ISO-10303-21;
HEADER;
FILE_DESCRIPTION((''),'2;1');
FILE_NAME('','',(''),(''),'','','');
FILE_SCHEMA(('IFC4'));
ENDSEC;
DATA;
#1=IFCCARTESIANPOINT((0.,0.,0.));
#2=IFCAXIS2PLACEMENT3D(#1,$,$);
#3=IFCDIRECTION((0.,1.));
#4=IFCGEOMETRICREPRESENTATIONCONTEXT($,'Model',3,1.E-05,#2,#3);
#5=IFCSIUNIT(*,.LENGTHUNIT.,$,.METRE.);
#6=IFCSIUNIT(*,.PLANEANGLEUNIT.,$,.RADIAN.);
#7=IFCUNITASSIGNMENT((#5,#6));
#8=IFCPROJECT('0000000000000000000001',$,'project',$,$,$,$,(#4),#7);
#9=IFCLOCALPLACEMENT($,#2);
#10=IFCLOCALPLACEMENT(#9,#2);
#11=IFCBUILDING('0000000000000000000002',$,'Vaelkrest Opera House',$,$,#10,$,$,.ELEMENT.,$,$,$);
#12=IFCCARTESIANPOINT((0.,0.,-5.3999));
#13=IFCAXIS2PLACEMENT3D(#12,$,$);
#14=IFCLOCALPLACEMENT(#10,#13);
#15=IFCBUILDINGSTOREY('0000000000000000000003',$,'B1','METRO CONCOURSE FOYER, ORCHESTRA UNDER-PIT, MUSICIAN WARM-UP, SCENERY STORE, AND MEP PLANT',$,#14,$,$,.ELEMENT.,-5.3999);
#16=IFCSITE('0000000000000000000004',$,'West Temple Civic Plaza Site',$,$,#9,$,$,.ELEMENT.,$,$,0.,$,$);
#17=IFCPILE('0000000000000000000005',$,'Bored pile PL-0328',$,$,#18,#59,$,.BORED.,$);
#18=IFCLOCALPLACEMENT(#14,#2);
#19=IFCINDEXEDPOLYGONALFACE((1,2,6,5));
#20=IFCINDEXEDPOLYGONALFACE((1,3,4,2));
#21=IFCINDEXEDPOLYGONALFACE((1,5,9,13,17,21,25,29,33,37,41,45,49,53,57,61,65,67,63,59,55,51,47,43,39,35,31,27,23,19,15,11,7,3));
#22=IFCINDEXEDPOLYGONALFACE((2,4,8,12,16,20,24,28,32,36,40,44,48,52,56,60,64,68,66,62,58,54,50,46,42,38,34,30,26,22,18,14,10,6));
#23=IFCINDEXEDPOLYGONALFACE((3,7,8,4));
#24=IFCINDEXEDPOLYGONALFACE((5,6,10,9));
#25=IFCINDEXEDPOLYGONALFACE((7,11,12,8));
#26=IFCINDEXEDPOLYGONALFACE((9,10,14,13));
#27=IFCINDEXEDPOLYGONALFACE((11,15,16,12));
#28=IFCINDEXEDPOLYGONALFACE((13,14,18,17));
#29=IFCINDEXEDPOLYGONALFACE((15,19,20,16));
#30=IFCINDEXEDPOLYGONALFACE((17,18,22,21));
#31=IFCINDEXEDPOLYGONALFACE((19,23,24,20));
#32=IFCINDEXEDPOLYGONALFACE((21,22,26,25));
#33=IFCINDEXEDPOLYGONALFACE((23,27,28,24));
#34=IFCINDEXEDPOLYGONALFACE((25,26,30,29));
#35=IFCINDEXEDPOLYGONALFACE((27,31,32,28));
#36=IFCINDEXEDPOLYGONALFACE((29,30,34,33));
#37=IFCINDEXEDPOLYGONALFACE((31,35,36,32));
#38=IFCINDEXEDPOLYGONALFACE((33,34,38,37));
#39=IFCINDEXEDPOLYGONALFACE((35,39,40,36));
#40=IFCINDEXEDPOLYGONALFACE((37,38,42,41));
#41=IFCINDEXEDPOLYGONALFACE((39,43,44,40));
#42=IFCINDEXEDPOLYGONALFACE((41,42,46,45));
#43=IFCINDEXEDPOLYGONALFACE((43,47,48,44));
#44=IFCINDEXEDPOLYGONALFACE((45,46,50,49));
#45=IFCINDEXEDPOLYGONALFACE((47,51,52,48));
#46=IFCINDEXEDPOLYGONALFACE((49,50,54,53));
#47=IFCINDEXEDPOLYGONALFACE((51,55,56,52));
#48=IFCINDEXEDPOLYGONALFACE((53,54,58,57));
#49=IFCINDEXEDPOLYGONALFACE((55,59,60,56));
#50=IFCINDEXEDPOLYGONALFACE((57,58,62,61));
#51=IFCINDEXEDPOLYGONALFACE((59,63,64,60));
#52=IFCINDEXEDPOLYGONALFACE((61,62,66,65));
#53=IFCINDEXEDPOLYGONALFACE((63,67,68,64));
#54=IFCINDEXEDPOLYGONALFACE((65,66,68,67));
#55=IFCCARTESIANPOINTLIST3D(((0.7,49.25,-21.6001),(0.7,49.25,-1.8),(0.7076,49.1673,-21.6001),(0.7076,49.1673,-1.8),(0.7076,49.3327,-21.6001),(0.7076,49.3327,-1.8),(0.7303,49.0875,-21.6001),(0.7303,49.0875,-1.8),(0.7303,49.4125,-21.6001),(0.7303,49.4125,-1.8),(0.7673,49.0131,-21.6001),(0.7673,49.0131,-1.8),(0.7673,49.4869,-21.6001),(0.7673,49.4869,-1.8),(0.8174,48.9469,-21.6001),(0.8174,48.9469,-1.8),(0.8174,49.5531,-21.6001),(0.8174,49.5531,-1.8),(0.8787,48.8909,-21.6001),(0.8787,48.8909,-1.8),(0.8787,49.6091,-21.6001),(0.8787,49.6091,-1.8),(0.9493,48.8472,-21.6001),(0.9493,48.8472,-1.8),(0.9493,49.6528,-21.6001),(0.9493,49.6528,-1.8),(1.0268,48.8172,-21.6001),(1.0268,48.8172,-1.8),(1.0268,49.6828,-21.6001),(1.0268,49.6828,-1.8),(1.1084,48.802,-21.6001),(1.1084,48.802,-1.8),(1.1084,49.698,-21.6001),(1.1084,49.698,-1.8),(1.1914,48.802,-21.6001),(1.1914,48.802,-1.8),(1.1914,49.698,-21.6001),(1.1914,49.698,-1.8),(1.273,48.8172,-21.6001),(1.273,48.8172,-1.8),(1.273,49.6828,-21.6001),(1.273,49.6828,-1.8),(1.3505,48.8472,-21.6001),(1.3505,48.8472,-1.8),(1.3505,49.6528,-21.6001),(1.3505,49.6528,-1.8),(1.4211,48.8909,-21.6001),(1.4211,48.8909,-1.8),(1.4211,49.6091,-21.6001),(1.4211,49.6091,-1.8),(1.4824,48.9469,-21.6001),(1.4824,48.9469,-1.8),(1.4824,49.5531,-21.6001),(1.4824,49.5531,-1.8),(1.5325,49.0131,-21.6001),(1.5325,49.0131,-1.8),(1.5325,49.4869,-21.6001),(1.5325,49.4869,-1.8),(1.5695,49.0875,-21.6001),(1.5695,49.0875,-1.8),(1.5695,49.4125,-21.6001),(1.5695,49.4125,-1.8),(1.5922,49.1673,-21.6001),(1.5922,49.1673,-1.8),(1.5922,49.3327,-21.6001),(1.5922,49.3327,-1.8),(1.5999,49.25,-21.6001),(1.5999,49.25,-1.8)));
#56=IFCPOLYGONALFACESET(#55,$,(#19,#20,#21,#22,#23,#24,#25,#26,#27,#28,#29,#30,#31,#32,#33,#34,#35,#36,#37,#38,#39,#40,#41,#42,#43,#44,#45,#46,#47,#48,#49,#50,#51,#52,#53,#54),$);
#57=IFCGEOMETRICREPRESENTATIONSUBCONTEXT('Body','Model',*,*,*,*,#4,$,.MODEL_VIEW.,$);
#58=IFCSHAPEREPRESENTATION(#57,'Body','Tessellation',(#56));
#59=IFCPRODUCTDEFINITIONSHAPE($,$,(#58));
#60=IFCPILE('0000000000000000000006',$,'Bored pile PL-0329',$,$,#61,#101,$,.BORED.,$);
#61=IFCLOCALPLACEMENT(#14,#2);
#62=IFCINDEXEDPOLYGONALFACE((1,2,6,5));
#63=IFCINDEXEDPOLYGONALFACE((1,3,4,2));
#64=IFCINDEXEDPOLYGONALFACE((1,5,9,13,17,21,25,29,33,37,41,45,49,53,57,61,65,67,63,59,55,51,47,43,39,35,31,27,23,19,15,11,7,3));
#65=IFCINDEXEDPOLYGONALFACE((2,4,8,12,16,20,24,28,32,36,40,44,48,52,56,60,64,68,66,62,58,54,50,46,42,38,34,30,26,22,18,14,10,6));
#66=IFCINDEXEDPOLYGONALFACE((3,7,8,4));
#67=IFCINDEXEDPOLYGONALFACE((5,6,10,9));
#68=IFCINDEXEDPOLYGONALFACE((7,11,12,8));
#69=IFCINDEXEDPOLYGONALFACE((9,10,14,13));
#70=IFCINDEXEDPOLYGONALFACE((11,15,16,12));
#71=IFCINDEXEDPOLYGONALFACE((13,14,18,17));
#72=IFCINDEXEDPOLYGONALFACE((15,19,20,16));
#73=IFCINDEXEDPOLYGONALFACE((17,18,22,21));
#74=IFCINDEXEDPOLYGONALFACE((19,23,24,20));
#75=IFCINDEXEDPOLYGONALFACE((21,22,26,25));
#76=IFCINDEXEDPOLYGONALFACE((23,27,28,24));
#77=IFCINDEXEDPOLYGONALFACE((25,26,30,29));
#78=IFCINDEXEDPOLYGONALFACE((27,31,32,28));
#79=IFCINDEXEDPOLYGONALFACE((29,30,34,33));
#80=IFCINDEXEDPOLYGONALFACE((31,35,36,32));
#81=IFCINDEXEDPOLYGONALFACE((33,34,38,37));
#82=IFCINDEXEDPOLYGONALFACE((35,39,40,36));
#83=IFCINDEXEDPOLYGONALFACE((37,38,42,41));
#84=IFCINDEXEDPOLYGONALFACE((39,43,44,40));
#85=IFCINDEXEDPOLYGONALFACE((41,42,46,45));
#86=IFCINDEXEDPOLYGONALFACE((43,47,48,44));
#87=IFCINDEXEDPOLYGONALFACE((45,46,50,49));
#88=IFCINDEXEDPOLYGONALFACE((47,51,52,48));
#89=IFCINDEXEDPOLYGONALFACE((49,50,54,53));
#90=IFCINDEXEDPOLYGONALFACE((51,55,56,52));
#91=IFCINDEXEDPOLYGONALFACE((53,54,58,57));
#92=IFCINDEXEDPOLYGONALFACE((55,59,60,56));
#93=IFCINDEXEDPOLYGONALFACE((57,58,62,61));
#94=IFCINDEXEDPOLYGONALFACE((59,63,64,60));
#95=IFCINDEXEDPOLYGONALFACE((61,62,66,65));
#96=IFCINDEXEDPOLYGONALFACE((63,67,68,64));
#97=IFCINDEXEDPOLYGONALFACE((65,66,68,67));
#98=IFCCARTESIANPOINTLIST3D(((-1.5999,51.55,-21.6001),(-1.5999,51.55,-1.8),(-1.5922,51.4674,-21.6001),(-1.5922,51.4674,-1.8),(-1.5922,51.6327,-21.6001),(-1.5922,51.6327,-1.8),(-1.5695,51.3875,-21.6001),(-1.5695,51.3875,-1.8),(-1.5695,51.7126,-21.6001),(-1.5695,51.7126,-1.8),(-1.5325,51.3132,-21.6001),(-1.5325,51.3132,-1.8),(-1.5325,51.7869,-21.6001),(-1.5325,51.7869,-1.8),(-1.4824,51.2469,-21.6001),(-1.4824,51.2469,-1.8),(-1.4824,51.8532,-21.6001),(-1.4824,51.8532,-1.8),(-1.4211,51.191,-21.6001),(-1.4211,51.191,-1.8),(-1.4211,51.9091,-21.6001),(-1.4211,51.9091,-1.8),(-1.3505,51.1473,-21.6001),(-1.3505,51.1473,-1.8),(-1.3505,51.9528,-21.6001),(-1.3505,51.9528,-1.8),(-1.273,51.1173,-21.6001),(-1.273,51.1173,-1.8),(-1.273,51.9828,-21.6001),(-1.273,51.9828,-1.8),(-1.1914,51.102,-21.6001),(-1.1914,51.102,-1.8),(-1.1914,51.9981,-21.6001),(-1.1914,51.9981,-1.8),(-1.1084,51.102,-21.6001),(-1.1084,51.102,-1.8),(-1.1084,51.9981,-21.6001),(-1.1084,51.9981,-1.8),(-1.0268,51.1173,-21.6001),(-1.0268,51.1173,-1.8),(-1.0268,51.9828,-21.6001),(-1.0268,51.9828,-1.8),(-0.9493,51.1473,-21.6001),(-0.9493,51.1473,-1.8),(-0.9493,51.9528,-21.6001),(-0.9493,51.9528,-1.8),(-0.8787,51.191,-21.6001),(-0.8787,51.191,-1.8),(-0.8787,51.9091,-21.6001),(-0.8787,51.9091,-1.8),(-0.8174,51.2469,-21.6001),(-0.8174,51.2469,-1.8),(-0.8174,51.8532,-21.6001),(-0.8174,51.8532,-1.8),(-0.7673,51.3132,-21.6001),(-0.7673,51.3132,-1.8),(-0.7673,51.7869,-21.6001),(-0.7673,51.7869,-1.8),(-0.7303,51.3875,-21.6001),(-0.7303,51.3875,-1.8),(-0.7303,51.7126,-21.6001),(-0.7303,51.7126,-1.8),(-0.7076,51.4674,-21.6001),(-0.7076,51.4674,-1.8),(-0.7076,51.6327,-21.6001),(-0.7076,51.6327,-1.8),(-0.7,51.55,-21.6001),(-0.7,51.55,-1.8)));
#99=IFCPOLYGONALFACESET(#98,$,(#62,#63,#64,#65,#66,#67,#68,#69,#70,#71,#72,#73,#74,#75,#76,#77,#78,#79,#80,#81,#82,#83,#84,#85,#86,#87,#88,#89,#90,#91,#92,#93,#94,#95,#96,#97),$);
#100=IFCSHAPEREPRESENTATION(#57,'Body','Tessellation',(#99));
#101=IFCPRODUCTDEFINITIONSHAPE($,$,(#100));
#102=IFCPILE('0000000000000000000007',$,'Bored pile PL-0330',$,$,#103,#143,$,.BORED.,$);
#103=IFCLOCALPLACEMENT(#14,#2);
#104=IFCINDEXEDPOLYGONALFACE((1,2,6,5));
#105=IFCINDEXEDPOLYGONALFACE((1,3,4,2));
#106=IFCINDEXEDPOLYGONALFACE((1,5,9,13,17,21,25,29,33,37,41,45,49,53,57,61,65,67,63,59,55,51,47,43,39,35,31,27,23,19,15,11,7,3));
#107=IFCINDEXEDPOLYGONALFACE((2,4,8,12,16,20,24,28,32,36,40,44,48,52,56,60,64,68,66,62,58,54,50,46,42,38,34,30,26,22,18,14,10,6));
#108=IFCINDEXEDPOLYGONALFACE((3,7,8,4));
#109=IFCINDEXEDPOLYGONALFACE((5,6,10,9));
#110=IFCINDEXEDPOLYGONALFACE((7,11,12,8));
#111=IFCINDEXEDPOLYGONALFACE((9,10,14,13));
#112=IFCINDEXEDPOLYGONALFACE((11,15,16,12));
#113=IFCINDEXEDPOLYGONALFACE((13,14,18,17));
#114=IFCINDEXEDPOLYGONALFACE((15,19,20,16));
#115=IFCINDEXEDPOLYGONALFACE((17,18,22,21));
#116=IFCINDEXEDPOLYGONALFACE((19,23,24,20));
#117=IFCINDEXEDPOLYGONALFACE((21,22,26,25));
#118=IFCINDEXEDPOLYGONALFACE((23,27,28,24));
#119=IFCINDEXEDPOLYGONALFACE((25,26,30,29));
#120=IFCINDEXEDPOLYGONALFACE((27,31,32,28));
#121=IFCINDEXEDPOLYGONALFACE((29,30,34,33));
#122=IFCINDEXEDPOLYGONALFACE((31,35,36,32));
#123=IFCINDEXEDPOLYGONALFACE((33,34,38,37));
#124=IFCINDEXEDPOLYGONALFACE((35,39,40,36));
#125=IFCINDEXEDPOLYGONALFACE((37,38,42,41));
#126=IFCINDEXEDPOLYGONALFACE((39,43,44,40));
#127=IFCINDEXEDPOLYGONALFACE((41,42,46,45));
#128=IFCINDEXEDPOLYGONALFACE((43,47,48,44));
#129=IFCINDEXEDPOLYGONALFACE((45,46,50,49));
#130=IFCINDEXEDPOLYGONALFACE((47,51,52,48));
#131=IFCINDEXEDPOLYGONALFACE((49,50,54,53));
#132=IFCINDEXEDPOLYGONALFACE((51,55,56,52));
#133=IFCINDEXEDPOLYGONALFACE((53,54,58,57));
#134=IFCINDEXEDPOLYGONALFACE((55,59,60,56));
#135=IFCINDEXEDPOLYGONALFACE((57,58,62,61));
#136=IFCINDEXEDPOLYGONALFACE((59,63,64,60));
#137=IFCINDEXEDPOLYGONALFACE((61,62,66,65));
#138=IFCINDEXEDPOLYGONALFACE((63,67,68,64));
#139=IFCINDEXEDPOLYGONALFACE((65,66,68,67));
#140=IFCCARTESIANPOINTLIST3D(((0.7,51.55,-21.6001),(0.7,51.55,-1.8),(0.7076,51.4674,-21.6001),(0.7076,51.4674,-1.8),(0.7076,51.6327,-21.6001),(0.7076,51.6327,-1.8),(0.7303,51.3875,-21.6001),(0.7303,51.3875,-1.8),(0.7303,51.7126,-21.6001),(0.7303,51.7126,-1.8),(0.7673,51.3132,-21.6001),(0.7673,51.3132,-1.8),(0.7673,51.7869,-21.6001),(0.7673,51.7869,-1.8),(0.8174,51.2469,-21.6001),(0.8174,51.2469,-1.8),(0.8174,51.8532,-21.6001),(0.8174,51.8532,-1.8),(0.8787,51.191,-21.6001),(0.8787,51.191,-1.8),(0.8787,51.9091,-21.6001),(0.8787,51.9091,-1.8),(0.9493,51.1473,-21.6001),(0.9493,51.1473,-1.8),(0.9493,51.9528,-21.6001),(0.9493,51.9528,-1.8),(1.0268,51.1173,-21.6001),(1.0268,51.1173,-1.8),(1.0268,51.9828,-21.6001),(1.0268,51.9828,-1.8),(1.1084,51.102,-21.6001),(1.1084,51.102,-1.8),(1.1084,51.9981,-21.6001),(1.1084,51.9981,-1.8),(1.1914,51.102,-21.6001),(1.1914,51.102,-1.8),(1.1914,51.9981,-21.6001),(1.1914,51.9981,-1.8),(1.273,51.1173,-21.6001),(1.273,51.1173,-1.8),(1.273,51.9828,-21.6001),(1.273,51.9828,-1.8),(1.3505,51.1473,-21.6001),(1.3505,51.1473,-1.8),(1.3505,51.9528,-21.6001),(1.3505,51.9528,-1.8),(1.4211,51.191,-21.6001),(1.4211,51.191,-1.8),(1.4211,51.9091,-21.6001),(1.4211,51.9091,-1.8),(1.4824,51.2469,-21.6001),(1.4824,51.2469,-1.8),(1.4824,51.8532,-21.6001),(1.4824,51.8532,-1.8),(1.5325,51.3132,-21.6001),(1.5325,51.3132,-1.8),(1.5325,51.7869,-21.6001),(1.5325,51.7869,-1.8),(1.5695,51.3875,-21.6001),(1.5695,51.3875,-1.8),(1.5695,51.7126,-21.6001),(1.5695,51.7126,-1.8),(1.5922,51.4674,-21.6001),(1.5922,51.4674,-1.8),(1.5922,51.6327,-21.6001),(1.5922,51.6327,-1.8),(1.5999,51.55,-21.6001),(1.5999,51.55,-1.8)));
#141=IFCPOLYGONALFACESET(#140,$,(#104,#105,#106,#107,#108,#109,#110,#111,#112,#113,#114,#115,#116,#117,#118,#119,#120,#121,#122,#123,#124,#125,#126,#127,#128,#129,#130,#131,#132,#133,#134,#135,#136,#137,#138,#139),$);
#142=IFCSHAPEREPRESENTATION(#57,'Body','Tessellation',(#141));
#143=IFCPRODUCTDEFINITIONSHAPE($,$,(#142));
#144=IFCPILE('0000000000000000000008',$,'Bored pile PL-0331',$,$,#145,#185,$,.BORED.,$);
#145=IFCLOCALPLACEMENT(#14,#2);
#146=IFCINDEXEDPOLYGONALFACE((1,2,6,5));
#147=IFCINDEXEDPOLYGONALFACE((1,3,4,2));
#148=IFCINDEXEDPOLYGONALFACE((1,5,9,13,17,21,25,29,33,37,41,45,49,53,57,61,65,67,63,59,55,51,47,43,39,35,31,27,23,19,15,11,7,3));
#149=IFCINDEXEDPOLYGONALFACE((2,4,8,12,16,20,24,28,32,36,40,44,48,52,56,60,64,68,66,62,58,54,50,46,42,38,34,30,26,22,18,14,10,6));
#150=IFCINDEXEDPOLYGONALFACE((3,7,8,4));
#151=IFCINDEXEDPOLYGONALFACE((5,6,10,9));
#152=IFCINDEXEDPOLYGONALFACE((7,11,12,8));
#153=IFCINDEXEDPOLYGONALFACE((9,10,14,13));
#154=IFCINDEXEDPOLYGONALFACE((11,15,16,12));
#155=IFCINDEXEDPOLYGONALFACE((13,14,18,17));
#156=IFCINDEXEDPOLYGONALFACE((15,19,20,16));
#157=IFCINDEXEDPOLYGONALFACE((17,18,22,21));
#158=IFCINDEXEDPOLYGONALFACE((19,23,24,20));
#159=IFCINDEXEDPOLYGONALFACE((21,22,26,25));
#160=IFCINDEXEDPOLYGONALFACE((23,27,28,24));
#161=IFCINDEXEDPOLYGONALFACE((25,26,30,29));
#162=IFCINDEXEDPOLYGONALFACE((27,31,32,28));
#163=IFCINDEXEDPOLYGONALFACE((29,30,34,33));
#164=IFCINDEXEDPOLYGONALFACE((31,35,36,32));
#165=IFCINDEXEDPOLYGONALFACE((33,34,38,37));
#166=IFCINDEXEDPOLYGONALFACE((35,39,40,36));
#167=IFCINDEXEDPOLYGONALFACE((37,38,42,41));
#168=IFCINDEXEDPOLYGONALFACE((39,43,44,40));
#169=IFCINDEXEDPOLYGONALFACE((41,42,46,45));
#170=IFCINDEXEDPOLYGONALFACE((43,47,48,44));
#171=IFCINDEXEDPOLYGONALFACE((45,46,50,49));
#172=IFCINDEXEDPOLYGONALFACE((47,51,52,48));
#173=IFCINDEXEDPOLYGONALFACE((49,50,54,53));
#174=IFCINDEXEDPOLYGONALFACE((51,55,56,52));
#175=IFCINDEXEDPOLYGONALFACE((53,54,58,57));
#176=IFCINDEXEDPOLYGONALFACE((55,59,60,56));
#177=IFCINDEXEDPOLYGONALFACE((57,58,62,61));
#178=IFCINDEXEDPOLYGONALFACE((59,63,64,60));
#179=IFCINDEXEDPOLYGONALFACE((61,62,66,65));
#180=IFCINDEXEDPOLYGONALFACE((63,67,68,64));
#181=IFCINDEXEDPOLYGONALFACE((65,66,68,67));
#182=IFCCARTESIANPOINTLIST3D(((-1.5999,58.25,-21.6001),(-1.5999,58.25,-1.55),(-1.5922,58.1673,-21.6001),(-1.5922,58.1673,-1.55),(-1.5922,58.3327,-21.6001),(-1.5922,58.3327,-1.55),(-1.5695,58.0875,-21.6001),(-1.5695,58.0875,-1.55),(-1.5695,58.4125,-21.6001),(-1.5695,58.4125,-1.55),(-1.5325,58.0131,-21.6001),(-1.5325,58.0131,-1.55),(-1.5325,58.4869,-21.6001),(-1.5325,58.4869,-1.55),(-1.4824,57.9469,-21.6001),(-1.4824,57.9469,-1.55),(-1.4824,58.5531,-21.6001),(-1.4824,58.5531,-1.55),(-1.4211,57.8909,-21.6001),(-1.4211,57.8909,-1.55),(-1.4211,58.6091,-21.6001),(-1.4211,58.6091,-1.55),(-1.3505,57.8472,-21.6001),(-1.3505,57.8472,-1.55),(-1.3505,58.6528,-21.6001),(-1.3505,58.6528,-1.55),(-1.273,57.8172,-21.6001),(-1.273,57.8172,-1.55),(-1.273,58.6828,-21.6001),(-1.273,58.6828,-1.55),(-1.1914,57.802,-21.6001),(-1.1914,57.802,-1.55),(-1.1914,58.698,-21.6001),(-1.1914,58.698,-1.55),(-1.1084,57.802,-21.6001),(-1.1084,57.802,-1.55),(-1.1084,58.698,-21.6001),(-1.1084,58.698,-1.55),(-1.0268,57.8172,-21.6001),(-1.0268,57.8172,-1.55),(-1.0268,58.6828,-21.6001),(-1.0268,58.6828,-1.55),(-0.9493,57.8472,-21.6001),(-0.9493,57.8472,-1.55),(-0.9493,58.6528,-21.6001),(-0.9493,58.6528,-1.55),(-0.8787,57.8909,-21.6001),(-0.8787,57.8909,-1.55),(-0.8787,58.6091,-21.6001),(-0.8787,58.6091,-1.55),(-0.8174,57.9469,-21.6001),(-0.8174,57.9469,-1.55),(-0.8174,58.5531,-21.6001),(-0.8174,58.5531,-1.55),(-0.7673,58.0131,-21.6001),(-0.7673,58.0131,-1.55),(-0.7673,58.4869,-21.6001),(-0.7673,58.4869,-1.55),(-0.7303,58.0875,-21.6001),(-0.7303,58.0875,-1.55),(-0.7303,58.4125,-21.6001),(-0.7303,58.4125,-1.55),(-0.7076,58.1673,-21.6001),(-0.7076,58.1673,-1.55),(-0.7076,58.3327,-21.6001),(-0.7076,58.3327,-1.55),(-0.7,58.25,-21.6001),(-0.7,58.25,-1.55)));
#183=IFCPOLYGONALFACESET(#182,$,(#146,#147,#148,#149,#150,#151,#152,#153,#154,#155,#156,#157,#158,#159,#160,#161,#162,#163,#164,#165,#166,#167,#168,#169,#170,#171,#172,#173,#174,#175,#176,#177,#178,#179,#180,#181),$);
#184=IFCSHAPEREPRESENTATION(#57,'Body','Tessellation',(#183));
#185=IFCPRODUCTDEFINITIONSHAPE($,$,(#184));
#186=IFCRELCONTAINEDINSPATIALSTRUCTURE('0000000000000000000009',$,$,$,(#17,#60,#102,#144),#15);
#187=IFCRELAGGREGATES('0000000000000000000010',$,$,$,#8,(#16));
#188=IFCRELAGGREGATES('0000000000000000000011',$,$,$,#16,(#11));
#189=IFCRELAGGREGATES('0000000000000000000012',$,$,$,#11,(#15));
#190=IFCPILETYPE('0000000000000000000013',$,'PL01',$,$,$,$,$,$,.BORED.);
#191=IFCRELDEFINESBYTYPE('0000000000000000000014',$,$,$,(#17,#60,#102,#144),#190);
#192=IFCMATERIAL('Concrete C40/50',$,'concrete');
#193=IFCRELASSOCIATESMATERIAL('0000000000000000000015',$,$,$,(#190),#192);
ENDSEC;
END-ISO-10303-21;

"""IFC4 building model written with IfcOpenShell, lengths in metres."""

from ifc_helpers import new_model, si_unit, direction, frame, origin, origin_2d, place, context, subcontext, project, spatial, circle, extrude, material, material_profile, profile_set, type_object, element, save


model = new_model("IFC4")

# Units and contexts
model_context = context("Model", 3, precision=1e-05, world=origin(), true_north=direction((0.0, 1.0)))
body_context = subcontext(model_context, "Body", "Model", "MODEL_VIEW")
ifc_project = project(units=[si_unit("LENGTHUNIT", "METRE"), si_unit("PLANEANGLEUNIT", "RADIAN")], contexts=[model_context])

# Site, building, storey
site_placement = place(None, origin())
site = spatial("IfcSite", under=ifc_project, at=site_placement, Name="West Temple Civic Plaza Site", CompositionType="ELEMENT", RefElevation=0.0)
building_placement = place(site_placement, origin())
building = spatial("IfcBuilding", under=site, at=building_placement, Name="Vaelkrest Opera House", CompositionType="ELEMENT")
storey_placement = place(building_placement, frame((0.0, 0.0, -5.3999)))
storey = spatial("IfcBuildingStorey", under=building, at=storey_placement, Name="B1", Description="METRO CONCOURSE FOYER, ORCHESTRA UNDER-PIT, MUSICIAN WARM-UP, SCENERY STORE, AND MEP PLANT", CompositionType="ELEMENT", Elevation=-5.3999)

# Shared definitions
ifc_material_1 = material(Name="Concrete C40/50", Category="concrete")

# Piles
ifc_material_profile_1 = material_profile(ifc_material_1, circle(Radius=0.45, at=origin_2d()), Name="PILE900")
ifc_profile_set_1 = profile_set([ifc_material_profile_1], Name="Concrete C40/50")
pile_type = type_object("IfcPileType", Name="PL01", PredefinedType="BORED", material=ifc_profile_set_1)
for number, where, z_axis, x_axis, name in (
    (1, (1.1499, 49.25, -1.8), (0.0, 0.0, -1.0), (1.0, 0.0, 0.0), "Bored pile PL-0328"),
    (2, (-1.1499, 51.55, -1.8), (0.0, 0.0, -1.0), (1.0, 0.0, 0.0), "Bored pile PL-0329"),
    (3, (1.1499, 51.55, -1.8), (0.0, 0.0, -1.0), (1.0, 0.0, 0.0), "Bored pile PL-0330"),
):
    element("IfcPile", number, at=place(storey_placement, frame(where, z_axis=z_axis, x_axis=x_axis)), inside=storey, type_object=pile_type, Name=name, PredefinedType="BORED", context=body_context, shape_type="SweptSolid", body=[
        extrude(circle(Radius=0.45, at=origin_2d()), origin(), (0.0, 0.0, 1.0), 19.8),
    ])
for number, where, z_axis, x_axis, name in (
    (4, (-1.1499, 58.25, -1.55), (0.0, 0.0, -1.0), (1.0, 0.0, 0.0), "Bored pile PL-0331"),
):
    element("IfcPile", number, at=place(storey_placement, frame(where, z_axis=z_axis, x_axis=x_axis)), inside=storey, type_object=pile_type, Name=name, PredefinedType="BORED", context=body_context, shape_type="SweptSolid", body=[
        extrude(circle(Radius=0.45, at=origin_2d()), origin(), (0.0, 0.0, 1.0), 20.05),
    ])

save(model, "model.ifc")
